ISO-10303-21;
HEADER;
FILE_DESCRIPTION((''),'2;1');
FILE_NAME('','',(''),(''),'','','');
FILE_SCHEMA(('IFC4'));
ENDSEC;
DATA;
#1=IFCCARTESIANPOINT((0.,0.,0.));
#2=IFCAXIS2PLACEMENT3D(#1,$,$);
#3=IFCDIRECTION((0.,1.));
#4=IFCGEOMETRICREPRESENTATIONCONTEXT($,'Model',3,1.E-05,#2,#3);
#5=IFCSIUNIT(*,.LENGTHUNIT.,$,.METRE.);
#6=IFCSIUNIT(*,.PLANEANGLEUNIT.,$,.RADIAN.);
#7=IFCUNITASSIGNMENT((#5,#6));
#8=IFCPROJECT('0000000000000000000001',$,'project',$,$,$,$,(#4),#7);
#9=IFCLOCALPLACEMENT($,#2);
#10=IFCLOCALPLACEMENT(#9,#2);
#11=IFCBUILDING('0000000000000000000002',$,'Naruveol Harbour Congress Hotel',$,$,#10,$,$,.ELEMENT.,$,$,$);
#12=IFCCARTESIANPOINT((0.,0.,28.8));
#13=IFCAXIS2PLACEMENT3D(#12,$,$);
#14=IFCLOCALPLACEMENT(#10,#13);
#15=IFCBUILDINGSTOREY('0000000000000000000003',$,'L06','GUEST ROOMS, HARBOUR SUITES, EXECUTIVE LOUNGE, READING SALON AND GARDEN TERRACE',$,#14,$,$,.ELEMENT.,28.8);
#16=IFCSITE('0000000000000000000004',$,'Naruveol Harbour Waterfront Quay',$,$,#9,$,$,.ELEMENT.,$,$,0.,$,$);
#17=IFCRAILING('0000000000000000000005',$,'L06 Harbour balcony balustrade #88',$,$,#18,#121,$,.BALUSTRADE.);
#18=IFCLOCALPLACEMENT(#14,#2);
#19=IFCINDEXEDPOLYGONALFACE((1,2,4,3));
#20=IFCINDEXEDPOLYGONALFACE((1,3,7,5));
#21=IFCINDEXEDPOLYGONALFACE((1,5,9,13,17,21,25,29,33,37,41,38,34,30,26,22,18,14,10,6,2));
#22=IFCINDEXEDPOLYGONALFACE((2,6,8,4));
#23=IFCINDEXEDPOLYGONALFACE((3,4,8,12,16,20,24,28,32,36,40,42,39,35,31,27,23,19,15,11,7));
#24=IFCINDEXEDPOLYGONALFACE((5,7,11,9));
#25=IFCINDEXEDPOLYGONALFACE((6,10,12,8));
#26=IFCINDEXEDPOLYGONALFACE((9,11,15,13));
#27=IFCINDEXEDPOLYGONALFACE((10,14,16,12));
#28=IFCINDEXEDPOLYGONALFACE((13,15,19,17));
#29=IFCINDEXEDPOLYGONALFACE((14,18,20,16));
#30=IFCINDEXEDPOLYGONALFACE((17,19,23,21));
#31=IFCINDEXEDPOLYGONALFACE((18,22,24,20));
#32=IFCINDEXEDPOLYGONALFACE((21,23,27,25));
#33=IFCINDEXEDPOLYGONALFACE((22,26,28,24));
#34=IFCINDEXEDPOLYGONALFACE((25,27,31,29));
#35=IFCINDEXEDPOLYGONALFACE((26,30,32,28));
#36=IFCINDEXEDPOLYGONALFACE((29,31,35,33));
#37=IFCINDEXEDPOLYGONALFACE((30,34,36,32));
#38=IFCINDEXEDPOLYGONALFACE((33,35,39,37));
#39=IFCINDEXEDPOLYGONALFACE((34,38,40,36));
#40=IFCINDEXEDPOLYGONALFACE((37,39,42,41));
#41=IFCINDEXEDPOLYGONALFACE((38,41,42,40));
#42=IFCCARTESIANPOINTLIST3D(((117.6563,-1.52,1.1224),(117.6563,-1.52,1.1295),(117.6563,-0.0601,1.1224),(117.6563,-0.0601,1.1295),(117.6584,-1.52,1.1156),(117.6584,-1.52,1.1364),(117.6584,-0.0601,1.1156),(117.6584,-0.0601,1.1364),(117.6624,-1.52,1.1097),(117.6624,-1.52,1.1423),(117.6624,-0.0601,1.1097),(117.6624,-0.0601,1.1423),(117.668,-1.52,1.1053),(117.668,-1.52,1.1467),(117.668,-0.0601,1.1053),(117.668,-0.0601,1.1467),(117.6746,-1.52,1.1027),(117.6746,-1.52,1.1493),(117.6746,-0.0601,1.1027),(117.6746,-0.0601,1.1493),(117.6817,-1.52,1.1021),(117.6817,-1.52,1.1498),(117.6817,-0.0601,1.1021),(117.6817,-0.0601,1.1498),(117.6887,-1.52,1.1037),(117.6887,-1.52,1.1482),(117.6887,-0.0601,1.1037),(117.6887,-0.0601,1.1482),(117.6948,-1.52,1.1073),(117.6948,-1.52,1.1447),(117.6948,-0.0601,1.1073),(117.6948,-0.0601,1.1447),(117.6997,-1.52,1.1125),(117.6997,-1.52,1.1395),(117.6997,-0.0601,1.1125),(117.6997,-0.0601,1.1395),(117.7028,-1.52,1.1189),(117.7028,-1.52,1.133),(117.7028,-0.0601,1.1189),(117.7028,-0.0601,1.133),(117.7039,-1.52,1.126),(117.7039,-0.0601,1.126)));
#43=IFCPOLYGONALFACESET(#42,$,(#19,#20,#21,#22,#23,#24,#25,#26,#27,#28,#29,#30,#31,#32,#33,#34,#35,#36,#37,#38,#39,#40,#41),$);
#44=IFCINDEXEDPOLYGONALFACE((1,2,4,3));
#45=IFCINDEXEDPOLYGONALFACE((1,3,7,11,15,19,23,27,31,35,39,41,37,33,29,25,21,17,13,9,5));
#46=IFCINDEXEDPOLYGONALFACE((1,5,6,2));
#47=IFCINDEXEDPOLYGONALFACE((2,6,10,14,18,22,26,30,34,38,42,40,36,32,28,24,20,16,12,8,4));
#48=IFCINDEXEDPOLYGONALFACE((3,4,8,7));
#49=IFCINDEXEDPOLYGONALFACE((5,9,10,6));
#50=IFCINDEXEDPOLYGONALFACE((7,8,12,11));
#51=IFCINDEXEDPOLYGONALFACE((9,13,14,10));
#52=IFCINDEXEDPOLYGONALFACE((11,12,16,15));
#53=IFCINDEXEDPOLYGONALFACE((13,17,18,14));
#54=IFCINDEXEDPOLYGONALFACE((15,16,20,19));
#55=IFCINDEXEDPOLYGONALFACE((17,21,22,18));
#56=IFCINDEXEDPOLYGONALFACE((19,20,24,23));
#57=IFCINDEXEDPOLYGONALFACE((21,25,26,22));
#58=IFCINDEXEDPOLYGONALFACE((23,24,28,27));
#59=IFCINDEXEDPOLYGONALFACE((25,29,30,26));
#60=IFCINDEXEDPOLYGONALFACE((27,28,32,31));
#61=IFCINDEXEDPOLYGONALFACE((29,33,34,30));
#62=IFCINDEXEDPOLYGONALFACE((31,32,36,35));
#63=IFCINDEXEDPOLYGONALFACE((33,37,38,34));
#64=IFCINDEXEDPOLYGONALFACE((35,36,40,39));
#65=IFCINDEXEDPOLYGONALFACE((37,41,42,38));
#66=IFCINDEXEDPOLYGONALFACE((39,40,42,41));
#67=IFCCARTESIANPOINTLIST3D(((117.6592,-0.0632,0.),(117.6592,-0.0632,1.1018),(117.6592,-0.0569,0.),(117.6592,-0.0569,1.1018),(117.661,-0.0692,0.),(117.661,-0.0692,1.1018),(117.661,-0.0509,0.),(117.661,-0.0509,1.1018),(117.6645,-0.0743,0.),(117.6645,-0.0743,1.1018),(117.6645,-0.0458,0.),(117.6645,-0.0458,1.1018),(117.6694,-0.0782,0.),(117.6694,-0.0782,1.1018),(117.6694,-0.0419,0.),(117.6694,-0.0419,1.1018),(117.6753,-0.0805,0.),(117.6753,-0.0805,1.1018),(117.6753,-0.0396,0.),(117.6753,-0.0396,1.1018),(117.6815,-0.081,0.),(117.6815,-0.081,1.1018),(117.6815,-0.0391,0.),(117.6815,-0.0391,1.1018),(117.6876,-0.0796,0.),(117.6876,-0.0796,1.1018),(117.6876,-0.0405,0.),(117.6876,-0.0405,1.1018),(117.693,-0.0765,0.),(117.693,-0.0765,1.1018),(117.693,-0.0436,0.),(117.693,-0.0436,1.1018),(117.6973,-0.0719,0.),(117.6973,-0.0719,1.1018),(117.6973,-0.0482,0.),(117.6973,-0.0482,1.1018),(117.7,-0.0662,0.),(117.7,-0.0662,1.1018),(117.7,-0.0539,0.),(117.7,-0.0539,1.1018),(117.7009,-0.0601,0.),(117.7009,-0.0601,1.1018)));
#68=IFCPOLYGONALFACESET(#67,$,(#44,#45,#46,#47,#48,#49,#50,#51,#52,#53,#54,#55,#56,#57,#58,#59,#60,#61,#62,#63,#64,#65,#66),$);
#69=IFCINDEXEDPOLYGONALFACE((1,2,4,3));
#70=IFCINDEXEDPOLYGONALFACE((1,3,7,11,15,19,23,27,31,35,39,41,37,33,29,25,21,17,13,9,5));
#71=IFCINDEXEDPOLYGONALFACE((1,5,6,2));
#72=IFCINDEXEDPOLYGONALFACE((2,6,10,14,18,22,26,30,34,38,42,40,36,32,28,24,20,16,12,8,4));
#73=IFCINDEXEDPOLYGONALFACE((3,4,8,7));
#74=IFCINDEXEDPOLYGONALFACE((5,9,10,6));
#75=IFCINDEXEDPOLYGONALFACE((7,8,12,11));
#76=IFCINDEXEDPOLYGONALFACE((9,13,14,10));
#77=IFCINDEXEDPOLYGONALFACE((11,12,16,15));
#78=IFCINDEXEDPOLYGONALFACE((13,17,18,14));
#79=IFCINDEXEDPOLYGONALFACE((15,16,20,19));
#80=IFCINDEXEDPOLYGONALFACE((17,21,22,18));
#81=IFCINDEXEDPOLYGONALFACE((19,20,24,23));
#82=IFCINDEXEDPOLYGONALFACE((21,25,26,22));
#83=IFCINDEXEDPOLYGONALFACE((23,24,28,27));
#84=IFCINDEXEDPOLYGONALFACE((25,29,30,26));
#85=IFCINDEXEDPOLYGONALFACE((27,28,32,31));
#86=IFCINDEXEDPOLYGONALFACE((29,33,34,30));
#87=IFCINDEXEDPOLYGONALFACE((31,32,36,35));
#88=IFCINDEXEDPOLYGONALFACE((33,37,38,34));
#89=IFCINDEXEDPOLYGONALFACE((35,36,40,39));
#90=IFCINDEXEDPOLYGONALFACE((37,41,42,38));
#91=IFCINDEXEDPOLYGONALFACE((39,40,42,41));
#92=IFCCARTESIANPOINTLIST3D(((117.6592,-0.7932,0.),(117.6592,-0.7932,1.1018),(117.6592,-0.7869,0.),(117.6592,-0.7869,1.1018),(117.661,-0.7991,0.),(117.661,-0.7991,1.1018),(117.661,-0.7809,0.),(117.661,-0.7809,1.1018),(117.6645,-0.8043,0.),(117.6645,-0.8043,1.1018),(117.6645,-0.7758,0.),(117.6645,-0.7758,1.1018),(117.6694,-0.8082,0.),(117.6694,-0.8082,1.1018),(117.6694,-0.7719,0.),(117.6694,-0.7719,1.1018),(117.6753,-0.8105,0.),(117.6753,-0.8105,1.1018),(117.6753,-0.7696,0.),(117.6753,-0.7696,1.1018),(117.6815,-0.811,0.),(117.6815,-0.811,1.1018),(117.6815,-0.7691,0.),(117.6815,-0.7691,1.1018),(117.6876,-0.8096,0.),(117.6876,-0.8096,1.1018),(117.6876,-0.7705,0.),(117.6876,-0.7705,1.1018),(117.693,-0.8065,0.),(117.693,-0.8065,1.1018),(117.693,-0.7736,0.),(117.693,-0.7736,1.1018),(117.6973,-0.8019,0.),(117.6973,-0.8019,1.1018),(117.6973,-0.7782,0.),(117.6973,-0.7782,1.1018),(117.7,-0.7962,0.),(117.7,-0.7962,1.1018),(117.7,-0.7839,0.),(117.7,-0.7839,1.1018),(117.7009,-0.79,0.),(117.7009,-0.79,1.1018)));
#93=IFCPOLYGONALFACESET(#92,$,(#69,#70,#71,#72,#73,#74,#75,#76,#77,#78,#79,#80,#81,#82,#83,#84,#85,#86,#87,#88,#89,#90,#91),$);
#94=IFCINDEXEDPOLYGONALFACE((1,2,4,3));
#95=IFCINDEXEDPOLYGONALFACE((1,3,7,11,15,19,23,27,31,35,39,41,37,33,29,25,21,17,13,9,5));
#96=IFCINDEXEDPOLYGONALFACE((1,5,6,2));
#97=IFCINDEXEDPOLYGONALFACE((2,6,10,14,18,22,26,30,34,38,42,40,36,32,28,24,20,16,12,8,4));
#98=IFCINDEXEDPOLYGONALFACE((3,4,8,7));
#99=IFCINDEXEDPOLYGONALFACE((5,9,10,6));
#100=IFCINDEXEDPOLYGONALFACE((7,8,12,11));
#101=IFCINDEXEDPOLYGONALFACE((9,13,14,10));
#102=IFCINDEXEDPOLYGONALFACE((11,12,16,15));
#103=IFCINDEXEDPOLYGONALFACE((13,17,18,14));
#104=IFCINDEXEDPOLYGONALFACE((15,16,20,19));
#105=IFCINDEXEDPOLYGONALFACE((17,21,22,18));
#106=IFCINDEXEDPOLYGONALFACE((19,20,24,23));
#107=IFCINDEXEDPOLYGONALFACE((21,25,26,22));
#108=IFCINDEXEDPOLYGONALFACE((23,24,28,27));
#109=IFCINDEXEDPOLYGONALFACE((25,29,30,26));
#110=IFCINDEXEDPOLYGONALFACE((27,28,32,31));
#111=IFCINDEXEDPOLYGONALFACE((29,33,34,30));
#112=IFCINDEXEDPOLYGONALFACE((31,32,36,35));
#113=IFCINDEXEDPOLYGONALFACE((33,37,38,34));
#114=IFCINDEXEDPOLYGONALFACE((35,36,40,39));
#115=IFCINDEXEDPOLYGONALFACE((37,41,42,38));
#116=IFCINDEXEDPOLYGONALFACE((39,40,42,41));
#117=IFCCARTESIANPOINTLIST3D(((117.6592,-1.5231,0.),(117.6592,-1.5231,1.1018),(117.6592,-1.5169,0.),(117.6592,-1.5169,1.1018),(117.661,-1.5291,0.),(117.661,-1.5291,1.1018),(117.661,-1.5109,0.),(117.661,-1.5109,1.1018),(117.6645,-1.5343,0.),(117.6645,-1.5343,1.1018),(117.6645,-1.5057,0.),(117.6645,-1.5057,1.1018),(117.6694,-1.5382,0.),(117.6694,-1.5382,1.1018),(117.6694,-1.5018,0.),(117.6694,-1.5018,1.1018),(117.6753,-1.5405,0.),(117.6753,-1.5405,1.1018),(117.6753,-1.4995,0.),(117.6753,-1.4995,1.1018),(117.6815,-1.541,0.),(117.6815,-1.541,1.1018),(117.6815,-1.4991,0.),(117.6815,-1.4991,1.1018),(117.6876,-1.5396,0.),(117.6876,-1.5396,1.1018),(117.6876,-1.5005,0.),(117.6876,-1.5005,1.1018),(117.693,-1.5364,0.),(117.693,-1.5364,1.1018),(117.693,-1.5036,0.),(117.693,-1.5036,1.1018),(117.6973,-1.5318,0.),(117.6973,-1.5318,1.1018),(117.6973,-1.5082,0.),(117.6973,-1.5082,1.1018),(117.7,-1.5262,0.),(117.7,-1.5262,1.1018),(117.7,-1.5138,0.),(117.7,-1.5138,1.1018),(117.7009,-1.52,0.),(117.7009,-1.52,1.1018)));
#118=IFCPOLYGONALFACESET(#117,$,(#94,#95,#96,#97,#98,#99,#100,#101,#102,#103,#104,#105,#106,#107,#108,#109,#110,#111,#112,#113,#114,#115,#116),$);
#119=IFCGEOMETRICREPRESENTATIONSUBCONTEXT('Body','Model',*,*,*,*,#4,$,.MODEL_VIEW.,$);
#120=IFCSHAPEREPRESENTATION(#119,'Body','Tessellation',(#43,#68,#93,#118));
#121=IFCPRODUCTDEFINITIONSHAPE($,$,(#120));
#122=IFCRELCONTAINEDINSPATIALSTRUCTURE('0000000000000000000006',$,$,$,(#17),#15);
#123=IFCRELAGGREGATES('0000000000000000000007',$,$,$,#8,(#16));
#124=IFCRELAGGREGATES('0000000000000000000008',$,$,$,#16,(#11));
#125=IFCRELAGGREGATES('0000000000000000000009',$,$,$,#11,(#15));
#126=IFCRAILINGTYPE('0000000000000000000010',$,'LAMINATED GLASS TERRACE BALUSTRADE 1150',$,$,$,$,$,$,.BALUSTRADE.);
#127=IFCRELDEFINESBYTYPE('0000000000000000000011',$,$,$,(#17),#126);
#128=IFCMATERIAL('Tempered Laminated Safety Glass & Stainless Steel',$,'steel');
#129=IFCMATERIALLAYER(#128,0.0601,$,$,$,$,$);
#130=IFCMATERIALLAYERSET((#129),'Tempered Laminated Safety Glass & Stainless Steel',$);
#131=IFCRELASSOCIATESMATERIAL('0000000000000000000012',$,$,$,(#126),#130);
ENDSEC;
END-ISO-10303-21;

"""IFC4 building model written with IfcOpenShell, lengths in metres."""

from ifc_helpers import new_model, si_unit, direction, frame, origin, origin_2d, place, context, subcontext, project, spatial, circle, extrude, material, layer, layer_set, type_object, element, save


model = new_model("IFC4")

# Units and contexts
model_context = context("Model", 3, precision=1e-05, world=origin(), true_north=direction((0.0, 1.0)))
body_context = subcontext(model_context, "Body", "Model", "MODEL_VIEW")
ifc_project = project(units=[si_unit("LENGTHUNIT", "METRE"), si_unit("PLANEANGLEUNIT", "RADIAN")], contexts=[model_context])

# Site, building, storey
site_placement = place(None, origin())
site = spatial("IfcSite", under=ifc_project, at=site_placement, Name="Naruveol Harbour Waterfront Quay", CompositionType="ELEMENT", RefElevation=0.0)
building_placement = place(site_placement, origin())
building = spatial("IfcBuilding", under=site, at=building_placement, Name="Naruveol Harbour Congress Hotel", CompositionType="ELEMENT")
storey_placement = place(building_placement, frame((0.0, 0.0, 28.8)))
storey = spatial("IfcBuildingStorey", under=building, at=storey_placement, Name="L06", Description="GUEST ROOMS, HARBOUR SUITES, EXECUTIVE LOUNGE, READING SALON AND GARDEN TERRACE", CompositionType="ELEMENT", Elevation=28.8)

# Railing
ifc_material_1 = material(Name="Tempered Laminated Safety Glass & Stainless Steel", Category="steel")
ifc_layer_1 = layer(ifc_material_1, 0.0601)
ifc_layer_set_1 = layer_set([ifc_layer_1], Name="Tempered Laminated Safety Glass & Stainless Steel")
railing_type = type_object("IfcRailingType", Name="LAMINATED GLASS TERRACE BALUSTRADE 1150", PredefinedType="BALUSTRADE", material=ifc_layer_set_1)
railing_1_placement = place(storey_placement, frame((117.6799, -0.0601, 0.0)))
element("IfcRailing", 1, at=railing_1_placement, inside=storey, type_object=railing_type, Name="L06 Harbour balcony balustrade #88", PredefinedType="BALUSTRADE", context=body_context, shape_type="SweptSolid", body=[
    extrude(circle(Radius=0.0239, at=origin_2d()), frame((0.0, 0.0, 1.126), z_axis=(0.0, -1.0, 0.0), x_axis=(1.0, 0.0, 0.0)), (0.0, 0.0, 1.0), 1.46),
    extrude(circle(Radius=0.021, at=origin_2d()), origin(), (0.0, 0.0, 1.0), 1.1018),
    extrude(circle(Radius=0.021, at=origin_2d()), frame((0.0, -0.73, 0.0)), (0.0, 0.0, 1.0), 1.1018),
    extrude(circle(Radius=0.021, at=origin_2d()), frame((0.0, -1.46, 0.0)), (0.0, 0.0, 1.0), 1.1018),
])

save(model, "model.ifc")
